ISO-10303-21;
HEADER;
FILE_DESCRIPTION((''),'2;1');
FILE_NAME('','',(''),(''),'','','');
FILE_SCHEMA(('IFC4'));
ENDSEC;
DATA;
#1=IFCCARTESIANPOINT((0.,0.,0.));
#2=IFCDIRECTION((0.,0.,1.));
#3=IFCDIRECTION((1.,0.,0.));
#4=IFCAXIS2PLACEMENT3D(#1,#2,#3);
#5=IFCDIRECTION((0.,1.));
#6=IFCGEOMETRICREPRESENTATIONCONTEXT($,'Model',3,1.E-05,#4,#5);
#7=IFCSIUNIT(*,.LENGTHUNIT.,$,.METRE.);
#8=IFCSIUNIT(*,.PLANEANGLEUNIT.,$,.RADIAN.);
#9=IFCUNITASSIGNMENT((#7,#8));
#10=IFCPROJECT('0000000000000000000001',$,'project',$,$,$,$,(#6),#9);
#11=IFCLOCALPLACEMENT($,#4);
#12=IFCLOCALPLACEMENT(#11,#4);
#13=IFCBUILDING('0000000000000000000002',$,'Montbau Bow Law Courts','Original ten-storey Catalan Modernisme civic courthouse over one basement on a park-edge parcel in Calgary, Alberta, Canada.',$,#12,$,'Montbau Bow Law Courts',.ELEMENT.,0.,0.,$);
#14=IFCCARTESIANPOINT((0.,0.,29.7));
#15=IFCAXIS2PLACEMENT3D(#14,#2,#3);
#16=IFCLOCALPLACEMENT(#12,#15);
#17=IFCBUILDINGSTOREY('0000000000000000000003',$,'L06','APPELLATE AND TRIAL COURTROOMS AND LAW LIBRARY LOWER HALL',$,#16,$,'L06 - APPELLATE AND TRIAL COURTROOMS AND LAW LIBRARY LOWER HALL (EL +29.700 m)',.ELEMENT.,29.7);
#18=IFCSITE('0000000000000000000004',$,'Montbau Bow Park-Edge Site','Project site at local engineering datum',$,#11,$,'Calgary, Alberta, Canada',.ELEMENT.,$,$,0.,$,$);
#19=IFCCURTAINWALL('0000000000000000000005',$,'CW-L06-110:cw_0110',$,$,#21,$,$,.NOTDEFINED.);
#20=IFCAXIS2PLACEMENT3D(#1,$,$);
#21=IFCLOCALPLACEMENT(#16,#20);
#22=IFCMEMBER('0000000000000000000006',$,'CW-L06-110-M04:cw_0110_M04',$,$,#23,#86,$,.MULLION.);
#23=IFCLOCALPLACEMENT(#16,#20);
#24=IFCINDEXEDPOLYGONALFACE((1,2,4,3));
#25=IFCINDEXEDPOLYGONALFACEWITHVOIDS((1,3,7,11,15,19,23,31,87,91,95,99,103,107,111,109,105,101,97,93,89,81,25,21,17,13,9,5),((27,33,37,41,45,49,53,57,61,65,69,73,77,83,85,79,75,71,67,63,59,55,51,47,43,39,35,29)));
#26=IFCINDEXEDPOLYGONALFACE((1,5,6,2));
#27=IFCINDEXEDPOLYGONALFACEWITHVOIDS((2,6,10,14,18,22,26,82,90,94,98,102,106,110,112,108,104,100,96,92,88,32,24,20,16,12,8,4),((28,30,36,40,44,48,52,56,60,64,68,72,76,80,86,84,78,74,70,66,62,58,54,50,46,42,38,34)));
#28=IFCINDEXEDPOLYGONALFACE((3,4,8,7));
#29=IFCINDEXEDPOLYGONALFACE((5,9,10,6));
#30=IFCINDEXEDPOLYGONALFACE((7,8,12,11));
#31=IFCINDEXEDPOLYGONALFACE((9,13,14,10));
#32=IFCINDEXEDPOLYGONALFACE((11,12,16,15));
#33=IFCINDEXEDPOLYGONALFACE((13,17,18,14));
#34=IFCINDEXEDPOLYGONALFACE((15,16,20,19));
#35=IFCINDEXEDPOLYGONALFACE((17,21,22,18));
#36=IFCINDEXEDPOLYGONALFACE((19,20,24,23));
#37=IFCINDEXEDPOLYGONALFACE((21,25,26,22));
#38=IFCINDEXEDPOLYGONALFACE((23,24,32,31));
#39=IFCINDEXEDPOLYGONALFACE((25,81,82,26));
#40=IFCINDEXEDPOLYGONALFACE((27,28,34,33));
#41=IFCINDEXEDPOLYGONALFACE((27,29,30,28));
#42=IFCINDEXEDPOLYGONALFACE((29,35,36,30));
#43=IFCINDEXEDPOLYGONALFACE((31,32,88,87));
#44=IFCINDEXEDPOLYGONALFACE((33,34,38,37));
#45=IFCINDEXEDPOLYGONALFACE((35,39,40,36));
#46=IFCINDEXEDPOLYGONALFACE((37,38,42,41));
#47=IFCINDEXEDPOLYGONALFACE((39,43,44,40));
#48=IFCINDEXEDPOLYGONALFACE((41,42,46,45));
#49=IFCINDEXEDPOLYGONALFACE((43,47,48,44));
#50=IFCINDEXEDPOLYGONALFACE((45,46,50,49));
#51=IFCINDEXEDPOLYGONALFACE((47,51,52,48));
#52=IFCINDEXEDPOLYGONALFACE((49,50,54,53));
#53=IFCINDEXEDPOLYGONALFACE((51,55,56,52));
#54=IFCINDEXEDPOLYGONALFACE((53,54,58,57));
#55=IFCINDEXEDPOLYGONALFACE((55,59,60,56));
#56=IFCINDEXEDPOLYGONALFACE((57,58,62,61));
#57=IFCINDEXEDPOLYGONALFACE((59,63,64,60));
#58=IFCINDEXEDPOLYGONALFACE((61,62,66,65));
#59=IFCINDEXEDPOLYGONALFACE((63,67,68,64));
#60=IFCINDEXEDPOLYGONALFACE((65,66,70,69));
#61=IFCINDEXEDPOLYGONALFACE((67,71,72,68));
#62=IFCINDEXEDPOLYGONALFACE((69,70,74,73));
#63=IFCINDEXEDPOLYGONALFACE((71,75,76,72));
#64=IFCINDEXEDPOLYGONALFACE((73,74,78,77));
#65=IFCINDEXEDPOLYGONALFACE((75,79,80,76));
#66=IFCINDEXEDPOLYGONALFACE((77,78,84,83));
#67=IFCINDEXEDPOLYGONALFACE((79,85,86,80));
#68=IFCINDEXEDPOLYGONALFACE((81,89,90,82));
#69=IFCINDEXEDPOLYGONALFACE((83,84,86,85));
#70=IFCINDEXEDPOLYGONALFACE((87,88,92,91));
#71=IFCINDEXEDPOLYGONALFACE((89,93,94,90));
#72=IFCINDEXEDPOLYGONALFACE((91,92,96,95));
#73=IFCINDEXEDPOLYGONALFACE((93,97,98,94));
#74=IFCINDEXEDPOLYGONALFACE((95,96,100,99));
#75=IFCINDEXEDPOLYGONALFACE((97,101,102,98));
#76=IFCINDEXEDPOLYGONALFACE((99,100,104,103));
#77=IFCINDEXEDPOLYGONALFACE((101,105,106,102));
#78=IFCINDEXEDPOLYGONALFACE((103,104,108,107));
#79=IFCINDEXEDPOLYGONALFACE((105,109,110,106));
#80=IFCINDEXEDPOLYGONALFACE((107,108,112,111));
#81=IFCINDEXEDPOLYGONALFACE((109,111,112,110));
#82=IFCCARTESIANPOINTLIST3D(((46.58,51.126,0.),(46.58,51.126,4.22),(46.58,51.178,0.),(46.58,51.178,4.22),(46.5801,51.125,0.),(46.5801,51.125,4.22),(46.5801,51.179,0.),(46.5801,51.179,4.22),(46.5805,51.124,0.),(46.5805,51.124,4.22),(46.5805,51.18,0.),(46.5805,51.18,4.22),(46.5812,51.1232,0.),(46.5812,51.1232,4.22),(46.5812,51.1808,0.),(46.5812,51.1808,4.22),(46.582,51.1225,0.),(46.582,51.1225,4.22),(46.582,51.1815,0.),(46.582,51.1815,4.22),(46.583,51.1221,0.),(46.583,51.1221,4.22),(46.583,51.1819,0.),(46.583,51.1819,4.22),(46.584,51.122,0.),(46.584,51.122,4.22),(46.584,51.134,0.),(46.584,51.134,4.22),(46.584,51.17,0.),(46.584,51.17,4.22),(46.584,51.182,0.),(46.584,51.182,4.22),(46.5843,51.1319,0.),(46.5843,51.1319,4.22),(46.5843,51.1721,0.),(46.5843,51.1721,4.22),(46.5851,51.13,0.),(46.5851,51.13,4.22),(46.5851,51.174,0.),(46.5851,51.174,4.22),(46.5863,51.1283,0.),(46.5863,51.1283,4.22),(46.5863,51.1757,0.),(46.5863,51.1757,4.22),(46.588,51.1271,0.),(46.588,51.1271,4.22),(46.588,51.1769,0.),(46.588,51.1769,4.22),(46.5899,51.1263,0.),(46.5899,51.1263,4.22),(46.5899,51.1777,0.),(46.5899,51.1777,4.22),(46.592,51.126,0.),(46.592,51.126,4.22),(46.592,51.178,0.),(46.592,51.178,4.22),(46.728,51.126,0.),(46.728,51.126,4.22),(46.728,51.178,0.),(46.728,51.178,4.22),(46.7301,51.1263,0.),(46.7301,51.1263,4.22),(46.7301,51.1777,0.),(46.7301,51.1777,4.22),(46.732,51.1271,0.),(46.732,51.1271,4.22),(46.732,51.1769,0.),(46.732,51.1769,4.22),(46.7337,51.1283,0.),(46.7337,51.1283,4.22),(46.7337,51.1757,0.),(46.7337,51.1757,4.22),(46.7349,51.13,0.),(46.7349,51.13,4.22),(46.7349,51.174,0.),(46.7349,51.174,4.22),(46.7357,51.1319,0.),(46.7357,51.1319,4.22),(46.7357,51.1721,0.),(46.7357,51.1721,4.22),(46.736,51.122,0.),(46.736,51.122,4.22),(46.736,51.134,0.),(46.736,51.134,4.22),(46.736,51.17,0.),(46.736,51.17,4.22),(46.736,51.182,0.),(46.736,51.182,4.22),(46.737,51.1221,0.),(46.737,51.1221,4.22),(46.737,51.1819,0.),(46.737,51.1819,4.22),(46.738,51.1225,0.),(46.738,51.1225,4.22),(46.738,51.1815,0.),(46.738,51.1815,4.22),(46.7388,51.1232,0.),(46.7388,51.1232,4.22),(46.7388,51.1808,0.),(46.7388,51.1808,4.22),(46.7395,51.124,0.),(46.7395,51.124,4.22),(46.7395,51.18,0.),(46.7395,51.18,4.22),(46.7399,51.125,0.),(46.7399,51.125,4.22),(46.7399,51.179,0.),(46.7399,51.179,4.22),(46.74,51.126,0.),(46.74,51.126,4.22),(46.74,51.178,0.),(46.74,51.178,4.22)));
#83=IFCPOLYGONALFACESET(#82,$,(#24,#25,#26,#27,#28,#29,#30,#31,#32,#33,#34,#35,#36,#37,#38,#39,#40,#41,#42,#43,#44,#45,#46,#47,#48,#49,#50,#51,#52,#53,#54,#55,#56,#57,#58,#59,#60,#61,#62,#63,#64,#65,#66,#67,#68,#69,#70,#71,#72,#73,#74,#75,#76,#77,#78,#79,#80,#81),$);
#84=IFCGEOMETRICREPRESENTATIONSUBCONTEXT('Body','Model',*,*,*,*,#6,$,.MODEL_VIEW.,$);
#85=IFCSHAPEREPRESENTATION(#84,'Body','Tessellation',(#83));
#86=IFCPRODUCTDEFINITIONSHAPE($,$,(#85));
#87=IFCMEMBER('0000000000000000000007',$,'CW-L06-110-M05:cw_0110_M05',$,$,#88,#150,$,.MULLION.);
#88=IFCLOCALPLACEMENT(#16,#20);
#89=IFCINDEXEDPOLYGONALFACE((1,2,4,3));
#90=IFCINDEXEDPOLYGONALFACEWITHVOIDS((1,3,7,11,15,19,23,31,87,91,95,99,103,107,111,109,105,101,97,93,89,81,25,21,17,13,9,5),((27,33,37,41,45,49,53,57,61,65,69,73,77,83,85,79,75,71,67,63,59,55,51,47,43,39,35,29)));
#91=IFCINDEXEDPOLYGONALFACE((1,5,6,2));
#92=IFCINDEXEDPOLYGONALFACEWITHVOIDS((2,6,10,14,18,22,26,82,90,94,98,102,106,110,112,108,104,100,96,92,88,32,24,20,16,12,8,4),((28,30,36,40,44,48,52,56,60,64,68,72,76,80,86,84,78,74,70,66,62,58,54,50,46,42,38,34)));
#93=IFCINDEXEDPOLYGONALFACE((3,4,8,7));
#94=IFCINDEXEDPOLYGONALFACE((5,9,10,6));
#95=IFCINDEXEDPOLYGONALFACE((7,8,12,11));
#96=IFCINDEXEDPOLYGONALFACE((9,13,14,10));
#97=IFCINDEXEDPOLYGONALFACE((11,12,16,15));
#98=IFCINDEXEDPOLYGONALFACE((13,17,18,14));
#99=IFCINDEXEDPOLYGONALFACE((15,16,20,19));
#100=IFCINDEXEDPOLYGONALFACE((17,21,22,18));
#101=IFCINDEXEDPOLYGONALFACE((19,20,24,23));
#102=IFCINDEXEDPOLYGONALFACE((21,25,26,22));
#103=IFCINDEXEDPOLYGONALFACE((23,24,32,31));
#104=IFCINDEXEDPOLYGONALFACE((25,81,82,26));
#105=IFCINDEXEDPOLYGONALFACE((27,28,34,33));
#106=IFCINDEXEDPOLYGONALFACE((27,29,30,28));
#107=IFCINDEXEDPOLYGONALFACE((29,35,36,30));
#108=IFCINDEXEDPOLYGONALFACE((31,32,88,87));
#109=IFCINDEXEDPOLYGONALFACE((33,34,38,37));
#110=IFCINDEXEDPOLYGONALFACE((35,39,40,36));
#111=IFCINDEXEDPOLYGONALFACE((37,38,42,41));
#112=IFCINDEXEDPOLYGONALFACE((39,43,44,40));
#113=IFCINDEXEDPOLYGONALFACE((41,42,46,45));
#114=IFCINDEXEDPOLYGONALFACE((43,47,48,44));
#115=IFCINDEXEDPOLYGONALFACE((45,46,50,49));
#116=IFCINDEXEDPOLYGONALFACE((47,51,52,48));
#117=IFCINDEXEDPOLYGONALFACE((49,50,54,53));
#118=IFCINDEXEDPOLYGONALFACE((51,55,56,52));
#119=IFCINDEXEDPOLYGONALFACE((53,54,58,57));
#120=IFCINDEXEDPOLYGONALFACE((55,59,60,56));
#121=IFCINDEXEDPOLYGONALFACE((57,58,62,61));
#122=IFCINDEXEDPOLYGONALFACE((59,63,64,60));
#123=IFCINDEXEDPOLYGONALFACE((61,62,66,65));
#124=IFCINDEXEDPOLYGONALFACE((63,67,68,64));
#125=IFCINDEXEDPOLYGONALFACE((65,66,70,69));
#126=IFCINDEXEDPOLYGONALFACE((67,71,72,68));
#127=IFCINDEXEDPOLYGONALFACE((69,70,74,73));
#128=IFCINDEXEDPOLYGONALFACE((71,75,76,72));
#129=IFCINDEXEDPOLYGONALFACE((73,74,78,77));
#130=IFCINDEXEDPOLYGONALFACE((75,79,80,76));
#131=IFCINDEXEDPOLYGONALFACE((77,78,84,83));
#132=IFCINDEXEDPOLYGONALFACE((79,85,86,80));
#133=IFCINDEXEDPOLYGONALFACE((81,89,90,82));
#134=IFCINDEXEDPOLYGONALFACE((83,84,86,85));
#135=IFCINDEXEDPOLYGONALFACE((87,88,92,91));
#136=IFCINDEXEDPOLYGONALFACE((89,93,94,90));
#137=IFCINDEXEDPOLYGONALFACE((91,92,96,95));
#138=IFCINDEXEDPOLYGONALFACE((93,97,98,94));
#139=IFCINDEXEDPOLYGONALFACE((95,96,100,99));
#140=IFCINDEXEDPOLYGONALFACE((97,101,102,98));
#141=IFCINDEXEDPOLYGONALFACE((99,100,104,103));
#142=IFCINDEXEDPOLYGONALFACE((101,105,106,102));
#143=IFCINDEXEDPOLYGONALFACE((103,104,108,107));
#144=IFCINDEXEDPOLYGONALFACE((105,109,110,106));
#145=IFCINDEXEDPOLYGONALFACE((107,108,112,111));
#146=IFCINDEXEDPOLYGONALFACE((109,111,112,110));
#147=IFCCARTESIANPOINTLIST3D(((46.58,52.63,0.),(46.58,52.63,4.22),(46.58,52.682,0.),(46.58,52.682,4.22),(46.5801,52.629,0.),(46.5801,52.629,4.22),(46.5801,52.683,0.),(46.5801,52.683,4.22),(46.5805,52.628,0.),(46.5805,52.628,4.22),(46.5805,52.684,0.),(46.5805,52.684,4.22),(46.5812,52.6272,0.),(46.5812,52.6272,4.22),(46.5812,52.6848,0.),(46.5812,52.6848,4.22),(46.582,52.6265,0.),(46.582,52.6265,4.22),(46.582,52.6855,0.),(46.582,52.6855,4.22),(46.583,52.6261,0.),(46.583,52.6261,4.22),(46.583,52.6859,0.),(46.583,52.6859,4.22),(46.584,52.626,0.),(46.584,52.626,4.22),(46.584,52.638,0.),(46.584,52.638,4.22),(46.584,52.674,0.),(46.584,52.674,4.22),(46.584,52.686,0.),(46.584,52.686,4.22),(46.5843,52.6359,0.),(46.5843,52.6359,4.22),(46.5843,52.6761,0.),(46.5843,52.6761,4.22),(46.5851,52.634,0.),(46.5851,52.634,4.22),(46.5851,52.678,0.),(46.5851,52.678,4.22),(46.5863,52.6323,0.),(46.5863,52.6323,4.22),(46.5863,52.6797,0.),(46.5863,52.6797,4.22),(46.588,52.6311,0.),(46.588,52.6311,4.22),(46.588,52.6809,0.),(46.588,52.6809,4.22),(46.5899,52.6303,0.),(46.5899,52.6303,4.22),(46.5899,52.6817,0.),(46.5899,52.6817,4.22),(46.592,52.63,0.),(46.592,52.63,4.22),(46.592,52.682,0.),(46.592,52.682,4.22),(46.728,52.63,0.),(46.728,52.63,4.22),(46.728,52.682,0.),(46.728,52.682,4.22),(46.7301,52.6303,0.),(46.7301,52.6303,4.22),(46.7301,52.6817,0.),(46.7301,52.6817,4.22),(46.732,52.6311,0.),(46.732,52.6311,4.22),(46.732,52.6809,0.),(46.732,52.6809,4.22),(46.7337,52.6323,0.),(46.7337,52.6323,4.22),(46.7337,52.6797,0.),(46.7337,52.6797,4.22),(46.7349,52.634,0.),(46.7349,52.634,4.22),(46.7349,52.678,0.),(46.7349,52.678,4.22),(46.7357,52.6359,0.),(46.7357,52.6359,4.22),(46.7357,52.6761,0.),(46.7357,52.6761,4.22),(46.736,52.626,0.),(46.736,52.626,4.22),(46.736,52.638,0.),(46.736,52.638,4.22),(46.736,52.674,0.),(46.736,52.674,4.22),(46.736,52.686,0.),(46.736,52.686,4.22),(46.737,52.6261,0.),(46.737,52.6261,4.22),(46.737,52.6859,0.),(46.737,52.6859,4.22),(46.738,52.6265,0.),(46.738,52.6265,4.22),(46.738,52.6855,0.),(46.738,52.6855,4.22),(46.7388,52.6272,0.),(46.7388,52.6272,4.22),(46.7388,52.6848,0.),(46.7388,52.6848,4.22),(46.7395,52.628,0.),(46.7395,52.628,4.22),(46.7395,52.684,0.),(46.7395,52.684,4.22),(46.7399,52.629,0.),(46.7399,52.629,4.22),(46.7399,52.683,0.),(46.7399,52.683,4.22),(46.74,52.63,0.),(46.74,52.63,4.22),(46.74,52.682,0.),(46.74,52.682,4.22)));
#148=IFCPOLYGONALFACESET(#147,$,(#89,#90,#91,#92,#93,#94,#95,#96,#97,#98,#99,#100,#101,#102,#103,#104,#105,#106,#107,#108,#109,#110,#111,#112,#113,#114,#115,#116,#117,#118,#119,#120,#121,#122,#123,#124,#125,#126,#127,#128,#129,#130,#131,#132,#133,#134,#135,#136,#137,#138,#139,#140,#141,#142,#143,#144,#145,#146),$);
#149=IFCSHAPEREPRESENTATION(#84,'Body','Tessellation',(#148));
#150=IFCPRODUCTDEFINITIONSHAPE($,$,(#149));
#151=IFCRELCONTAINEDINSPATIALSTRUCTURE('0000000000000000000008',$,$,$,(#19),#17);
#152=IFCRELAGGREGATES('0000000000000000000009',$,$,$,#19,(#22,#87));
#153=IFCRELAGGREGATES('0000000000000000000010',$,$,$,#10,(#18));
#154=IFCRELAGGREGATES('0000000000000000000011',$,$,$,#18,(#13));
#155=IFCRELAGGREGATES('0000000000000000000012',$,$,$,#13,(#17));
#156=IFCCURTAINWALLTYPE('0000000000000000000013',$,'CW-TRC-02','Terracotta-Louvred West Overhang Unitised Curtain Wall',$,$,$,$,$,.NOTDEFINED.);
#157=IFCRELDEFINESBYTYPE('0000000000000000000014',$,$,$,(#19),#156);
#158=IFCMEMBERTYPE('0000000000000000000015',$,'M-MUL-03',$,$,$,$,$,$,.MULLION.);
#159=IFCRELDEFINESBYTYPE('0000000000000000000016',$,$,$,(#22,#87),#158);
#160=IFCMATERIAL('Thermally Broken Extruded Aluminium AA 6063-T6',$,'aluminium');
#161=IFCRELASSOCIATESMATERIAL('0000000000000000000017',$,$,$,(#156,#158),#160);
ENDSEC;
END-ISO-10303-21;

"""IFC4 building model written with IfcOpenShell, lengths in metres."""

from ifc_helpers import new_model, si_unit, direction, frame, origin_with_axes, origin_2d_with_axis, place, context, subcontext, project, spatial, hollow_rectangle, extrude, material, material_profile, profile_set, type_object, element, aggregate, save


model = new_model("IFC4")

# Units and contexts
model_context = context("Model", 3, precision=1e-05, world=origin_with_axes(), true_north=direction((0.0, 1.0)))
body_context = subcontext(model_context, "Body", "Model", "MODEL_VIEW")
ifc_project = project(units=[si_unit("LENGTHUNIT", "METRE"), si_unit("PLANEANGLEUNIT", "RADIAN")], contexts=[model_context])

# Site, building, storey
site_placement = place(None, origin_with_axes())
site = spatial("IfcSite", under=ifc_project, at=site_placement, Name="Montbau Bow Park-Edge Site", Description="Project site at local engineering datum", LongName="Calgary, Alberta, Canada", CompositionType="ELEMENT", RefElevation=0.0)
building_placement = place(site_placement, origin_with_axes())
building = spatial("IfcBuilding", under=site, at=building_placement, Name="Montbau Bow Law Courts", Description="Original ten-storey Catalan Modernisme civic courthouse over one basement on a park-edge parcel in Calgary, Alberta, Canada.", LongName="Montbau Bow Law Courts", CompositionType="ELEMENT", ElevationOfRefHeight=0.0, ElevationOfTerrain=0.0)
storey_placement = place(building_placement, frame((0.0, 0.0, 29.7), z_axis=(0.0, 0.0, 1.0), x_axis=(1.0, 0.0, 0.0)))
storey = spatial("IfcBuildingStorey", under=building, at=storey_placement, Name="L06", Description="APPELLATE AND TRIAL COURTROOMS AND LAW LIBRARY LOWER HALL", LongName="L06 - APPELLATE AND TRIAL COURTROOMS AND LAW LIBRARY LOWER HALL (EL +29.700 m)", CompositionType="ELEMENT", Elevation=29.7)

# Curtain wall, members
ifc_material_1 = material(Name="Thermally Broken Extruded Aluminium AA 6063-T6", Category="aluminium")
curtain_wall_type = type_object("IfcCurtainWallType", Name="CW-TRC-02", Description="Terracotta-Louvred West Overhang Unitised Curtain Wall", PredefinedType="NOTDEFINED", material=ifc_material_1)
curtain_wall_placement = place(None, frame((46.66, 46.64, 29.7), z_axis=(0.0, 0.0, 1.0), x_axis=(1.0, 0.0, 0.0)))
curtain_wall = element("IfcCurtainWall", 1, at=curtain_wall_placement, inside=storey, type_object=curtain_wall_type, Name="CW-L06-110:cw_0110", PredefinedType="NOTDEFINED")
ifc_material_profile_1 = material_profile(ifc_material_1, hollow_rectangle(XDim=0.06, YDim=0.16, WallThickness=0.004, InnerFilletRadius=0.008, OuterFilletRadius=0.004, at=origin_2d_with_axis()), Name="CWM-160X60", Category="Main", Priority=0)
ifc_profile_set_1 = profile_set([ifc_material_profile_1], Name="Thermally Broken Extruded Aluminium AA 6063-T6")
member_type_1 = type_object("IfcMemberType", Name="M-MUL-03", PredefinedType="MULLION", material=ifc_profile_set_1)
member_1_placement = place(None, frame((46.66, 51.152, 29.7), z_axis=(0.0, 0.0, 1.0), x_axis=(0.0, 1.0, 0.0)))
member_1 = element("IfcMember", 2, at=member_1_placement, type_object=member_type_1, Name="CW-L06-110-M04:cw_0110_M04", PredefinedType="MULLION", context=body_context, shape_type="SweptSolid", body=[
    extrude(hollow_rectangle(XDim=0.06, YDim=0.16, WallThickness=0.004, InnerFilletRadius=0.008, OuterFilletRadius=0.004, at=origin_2d_with_axis()), origin_with_axes(), (0.0, 0.0, 1.0), 4.22),
])
member_2_placement = place(None, frame((46.66, 52.656, 29.7), z_axis=(0.0, 0.0, 1.0), x_axis=(0.0, 1.0, 0.0)))
member_2 = element("IfcMember", 3, at=member_2_placement, type_object=member_type_1, Name="CW-L06-110-M05:cw_0110_M05", PredefinedType="MULLION", context=body_context, shape_type="SweptSolid", body=[
    extrude(hollow_rectangle(XDim=0.06, YDim=0.16, WallThickness=0.004, InnerFilletRadius=0.008, OuterFilletRadius=0.004, at=origin_2d_with_axis()), origin_with_axes(), (0.0, 0.0, 1.0), 4.22),
])
aggregate(curtain_wall, [member_1, member_2])

save(model, "model.ifc")
